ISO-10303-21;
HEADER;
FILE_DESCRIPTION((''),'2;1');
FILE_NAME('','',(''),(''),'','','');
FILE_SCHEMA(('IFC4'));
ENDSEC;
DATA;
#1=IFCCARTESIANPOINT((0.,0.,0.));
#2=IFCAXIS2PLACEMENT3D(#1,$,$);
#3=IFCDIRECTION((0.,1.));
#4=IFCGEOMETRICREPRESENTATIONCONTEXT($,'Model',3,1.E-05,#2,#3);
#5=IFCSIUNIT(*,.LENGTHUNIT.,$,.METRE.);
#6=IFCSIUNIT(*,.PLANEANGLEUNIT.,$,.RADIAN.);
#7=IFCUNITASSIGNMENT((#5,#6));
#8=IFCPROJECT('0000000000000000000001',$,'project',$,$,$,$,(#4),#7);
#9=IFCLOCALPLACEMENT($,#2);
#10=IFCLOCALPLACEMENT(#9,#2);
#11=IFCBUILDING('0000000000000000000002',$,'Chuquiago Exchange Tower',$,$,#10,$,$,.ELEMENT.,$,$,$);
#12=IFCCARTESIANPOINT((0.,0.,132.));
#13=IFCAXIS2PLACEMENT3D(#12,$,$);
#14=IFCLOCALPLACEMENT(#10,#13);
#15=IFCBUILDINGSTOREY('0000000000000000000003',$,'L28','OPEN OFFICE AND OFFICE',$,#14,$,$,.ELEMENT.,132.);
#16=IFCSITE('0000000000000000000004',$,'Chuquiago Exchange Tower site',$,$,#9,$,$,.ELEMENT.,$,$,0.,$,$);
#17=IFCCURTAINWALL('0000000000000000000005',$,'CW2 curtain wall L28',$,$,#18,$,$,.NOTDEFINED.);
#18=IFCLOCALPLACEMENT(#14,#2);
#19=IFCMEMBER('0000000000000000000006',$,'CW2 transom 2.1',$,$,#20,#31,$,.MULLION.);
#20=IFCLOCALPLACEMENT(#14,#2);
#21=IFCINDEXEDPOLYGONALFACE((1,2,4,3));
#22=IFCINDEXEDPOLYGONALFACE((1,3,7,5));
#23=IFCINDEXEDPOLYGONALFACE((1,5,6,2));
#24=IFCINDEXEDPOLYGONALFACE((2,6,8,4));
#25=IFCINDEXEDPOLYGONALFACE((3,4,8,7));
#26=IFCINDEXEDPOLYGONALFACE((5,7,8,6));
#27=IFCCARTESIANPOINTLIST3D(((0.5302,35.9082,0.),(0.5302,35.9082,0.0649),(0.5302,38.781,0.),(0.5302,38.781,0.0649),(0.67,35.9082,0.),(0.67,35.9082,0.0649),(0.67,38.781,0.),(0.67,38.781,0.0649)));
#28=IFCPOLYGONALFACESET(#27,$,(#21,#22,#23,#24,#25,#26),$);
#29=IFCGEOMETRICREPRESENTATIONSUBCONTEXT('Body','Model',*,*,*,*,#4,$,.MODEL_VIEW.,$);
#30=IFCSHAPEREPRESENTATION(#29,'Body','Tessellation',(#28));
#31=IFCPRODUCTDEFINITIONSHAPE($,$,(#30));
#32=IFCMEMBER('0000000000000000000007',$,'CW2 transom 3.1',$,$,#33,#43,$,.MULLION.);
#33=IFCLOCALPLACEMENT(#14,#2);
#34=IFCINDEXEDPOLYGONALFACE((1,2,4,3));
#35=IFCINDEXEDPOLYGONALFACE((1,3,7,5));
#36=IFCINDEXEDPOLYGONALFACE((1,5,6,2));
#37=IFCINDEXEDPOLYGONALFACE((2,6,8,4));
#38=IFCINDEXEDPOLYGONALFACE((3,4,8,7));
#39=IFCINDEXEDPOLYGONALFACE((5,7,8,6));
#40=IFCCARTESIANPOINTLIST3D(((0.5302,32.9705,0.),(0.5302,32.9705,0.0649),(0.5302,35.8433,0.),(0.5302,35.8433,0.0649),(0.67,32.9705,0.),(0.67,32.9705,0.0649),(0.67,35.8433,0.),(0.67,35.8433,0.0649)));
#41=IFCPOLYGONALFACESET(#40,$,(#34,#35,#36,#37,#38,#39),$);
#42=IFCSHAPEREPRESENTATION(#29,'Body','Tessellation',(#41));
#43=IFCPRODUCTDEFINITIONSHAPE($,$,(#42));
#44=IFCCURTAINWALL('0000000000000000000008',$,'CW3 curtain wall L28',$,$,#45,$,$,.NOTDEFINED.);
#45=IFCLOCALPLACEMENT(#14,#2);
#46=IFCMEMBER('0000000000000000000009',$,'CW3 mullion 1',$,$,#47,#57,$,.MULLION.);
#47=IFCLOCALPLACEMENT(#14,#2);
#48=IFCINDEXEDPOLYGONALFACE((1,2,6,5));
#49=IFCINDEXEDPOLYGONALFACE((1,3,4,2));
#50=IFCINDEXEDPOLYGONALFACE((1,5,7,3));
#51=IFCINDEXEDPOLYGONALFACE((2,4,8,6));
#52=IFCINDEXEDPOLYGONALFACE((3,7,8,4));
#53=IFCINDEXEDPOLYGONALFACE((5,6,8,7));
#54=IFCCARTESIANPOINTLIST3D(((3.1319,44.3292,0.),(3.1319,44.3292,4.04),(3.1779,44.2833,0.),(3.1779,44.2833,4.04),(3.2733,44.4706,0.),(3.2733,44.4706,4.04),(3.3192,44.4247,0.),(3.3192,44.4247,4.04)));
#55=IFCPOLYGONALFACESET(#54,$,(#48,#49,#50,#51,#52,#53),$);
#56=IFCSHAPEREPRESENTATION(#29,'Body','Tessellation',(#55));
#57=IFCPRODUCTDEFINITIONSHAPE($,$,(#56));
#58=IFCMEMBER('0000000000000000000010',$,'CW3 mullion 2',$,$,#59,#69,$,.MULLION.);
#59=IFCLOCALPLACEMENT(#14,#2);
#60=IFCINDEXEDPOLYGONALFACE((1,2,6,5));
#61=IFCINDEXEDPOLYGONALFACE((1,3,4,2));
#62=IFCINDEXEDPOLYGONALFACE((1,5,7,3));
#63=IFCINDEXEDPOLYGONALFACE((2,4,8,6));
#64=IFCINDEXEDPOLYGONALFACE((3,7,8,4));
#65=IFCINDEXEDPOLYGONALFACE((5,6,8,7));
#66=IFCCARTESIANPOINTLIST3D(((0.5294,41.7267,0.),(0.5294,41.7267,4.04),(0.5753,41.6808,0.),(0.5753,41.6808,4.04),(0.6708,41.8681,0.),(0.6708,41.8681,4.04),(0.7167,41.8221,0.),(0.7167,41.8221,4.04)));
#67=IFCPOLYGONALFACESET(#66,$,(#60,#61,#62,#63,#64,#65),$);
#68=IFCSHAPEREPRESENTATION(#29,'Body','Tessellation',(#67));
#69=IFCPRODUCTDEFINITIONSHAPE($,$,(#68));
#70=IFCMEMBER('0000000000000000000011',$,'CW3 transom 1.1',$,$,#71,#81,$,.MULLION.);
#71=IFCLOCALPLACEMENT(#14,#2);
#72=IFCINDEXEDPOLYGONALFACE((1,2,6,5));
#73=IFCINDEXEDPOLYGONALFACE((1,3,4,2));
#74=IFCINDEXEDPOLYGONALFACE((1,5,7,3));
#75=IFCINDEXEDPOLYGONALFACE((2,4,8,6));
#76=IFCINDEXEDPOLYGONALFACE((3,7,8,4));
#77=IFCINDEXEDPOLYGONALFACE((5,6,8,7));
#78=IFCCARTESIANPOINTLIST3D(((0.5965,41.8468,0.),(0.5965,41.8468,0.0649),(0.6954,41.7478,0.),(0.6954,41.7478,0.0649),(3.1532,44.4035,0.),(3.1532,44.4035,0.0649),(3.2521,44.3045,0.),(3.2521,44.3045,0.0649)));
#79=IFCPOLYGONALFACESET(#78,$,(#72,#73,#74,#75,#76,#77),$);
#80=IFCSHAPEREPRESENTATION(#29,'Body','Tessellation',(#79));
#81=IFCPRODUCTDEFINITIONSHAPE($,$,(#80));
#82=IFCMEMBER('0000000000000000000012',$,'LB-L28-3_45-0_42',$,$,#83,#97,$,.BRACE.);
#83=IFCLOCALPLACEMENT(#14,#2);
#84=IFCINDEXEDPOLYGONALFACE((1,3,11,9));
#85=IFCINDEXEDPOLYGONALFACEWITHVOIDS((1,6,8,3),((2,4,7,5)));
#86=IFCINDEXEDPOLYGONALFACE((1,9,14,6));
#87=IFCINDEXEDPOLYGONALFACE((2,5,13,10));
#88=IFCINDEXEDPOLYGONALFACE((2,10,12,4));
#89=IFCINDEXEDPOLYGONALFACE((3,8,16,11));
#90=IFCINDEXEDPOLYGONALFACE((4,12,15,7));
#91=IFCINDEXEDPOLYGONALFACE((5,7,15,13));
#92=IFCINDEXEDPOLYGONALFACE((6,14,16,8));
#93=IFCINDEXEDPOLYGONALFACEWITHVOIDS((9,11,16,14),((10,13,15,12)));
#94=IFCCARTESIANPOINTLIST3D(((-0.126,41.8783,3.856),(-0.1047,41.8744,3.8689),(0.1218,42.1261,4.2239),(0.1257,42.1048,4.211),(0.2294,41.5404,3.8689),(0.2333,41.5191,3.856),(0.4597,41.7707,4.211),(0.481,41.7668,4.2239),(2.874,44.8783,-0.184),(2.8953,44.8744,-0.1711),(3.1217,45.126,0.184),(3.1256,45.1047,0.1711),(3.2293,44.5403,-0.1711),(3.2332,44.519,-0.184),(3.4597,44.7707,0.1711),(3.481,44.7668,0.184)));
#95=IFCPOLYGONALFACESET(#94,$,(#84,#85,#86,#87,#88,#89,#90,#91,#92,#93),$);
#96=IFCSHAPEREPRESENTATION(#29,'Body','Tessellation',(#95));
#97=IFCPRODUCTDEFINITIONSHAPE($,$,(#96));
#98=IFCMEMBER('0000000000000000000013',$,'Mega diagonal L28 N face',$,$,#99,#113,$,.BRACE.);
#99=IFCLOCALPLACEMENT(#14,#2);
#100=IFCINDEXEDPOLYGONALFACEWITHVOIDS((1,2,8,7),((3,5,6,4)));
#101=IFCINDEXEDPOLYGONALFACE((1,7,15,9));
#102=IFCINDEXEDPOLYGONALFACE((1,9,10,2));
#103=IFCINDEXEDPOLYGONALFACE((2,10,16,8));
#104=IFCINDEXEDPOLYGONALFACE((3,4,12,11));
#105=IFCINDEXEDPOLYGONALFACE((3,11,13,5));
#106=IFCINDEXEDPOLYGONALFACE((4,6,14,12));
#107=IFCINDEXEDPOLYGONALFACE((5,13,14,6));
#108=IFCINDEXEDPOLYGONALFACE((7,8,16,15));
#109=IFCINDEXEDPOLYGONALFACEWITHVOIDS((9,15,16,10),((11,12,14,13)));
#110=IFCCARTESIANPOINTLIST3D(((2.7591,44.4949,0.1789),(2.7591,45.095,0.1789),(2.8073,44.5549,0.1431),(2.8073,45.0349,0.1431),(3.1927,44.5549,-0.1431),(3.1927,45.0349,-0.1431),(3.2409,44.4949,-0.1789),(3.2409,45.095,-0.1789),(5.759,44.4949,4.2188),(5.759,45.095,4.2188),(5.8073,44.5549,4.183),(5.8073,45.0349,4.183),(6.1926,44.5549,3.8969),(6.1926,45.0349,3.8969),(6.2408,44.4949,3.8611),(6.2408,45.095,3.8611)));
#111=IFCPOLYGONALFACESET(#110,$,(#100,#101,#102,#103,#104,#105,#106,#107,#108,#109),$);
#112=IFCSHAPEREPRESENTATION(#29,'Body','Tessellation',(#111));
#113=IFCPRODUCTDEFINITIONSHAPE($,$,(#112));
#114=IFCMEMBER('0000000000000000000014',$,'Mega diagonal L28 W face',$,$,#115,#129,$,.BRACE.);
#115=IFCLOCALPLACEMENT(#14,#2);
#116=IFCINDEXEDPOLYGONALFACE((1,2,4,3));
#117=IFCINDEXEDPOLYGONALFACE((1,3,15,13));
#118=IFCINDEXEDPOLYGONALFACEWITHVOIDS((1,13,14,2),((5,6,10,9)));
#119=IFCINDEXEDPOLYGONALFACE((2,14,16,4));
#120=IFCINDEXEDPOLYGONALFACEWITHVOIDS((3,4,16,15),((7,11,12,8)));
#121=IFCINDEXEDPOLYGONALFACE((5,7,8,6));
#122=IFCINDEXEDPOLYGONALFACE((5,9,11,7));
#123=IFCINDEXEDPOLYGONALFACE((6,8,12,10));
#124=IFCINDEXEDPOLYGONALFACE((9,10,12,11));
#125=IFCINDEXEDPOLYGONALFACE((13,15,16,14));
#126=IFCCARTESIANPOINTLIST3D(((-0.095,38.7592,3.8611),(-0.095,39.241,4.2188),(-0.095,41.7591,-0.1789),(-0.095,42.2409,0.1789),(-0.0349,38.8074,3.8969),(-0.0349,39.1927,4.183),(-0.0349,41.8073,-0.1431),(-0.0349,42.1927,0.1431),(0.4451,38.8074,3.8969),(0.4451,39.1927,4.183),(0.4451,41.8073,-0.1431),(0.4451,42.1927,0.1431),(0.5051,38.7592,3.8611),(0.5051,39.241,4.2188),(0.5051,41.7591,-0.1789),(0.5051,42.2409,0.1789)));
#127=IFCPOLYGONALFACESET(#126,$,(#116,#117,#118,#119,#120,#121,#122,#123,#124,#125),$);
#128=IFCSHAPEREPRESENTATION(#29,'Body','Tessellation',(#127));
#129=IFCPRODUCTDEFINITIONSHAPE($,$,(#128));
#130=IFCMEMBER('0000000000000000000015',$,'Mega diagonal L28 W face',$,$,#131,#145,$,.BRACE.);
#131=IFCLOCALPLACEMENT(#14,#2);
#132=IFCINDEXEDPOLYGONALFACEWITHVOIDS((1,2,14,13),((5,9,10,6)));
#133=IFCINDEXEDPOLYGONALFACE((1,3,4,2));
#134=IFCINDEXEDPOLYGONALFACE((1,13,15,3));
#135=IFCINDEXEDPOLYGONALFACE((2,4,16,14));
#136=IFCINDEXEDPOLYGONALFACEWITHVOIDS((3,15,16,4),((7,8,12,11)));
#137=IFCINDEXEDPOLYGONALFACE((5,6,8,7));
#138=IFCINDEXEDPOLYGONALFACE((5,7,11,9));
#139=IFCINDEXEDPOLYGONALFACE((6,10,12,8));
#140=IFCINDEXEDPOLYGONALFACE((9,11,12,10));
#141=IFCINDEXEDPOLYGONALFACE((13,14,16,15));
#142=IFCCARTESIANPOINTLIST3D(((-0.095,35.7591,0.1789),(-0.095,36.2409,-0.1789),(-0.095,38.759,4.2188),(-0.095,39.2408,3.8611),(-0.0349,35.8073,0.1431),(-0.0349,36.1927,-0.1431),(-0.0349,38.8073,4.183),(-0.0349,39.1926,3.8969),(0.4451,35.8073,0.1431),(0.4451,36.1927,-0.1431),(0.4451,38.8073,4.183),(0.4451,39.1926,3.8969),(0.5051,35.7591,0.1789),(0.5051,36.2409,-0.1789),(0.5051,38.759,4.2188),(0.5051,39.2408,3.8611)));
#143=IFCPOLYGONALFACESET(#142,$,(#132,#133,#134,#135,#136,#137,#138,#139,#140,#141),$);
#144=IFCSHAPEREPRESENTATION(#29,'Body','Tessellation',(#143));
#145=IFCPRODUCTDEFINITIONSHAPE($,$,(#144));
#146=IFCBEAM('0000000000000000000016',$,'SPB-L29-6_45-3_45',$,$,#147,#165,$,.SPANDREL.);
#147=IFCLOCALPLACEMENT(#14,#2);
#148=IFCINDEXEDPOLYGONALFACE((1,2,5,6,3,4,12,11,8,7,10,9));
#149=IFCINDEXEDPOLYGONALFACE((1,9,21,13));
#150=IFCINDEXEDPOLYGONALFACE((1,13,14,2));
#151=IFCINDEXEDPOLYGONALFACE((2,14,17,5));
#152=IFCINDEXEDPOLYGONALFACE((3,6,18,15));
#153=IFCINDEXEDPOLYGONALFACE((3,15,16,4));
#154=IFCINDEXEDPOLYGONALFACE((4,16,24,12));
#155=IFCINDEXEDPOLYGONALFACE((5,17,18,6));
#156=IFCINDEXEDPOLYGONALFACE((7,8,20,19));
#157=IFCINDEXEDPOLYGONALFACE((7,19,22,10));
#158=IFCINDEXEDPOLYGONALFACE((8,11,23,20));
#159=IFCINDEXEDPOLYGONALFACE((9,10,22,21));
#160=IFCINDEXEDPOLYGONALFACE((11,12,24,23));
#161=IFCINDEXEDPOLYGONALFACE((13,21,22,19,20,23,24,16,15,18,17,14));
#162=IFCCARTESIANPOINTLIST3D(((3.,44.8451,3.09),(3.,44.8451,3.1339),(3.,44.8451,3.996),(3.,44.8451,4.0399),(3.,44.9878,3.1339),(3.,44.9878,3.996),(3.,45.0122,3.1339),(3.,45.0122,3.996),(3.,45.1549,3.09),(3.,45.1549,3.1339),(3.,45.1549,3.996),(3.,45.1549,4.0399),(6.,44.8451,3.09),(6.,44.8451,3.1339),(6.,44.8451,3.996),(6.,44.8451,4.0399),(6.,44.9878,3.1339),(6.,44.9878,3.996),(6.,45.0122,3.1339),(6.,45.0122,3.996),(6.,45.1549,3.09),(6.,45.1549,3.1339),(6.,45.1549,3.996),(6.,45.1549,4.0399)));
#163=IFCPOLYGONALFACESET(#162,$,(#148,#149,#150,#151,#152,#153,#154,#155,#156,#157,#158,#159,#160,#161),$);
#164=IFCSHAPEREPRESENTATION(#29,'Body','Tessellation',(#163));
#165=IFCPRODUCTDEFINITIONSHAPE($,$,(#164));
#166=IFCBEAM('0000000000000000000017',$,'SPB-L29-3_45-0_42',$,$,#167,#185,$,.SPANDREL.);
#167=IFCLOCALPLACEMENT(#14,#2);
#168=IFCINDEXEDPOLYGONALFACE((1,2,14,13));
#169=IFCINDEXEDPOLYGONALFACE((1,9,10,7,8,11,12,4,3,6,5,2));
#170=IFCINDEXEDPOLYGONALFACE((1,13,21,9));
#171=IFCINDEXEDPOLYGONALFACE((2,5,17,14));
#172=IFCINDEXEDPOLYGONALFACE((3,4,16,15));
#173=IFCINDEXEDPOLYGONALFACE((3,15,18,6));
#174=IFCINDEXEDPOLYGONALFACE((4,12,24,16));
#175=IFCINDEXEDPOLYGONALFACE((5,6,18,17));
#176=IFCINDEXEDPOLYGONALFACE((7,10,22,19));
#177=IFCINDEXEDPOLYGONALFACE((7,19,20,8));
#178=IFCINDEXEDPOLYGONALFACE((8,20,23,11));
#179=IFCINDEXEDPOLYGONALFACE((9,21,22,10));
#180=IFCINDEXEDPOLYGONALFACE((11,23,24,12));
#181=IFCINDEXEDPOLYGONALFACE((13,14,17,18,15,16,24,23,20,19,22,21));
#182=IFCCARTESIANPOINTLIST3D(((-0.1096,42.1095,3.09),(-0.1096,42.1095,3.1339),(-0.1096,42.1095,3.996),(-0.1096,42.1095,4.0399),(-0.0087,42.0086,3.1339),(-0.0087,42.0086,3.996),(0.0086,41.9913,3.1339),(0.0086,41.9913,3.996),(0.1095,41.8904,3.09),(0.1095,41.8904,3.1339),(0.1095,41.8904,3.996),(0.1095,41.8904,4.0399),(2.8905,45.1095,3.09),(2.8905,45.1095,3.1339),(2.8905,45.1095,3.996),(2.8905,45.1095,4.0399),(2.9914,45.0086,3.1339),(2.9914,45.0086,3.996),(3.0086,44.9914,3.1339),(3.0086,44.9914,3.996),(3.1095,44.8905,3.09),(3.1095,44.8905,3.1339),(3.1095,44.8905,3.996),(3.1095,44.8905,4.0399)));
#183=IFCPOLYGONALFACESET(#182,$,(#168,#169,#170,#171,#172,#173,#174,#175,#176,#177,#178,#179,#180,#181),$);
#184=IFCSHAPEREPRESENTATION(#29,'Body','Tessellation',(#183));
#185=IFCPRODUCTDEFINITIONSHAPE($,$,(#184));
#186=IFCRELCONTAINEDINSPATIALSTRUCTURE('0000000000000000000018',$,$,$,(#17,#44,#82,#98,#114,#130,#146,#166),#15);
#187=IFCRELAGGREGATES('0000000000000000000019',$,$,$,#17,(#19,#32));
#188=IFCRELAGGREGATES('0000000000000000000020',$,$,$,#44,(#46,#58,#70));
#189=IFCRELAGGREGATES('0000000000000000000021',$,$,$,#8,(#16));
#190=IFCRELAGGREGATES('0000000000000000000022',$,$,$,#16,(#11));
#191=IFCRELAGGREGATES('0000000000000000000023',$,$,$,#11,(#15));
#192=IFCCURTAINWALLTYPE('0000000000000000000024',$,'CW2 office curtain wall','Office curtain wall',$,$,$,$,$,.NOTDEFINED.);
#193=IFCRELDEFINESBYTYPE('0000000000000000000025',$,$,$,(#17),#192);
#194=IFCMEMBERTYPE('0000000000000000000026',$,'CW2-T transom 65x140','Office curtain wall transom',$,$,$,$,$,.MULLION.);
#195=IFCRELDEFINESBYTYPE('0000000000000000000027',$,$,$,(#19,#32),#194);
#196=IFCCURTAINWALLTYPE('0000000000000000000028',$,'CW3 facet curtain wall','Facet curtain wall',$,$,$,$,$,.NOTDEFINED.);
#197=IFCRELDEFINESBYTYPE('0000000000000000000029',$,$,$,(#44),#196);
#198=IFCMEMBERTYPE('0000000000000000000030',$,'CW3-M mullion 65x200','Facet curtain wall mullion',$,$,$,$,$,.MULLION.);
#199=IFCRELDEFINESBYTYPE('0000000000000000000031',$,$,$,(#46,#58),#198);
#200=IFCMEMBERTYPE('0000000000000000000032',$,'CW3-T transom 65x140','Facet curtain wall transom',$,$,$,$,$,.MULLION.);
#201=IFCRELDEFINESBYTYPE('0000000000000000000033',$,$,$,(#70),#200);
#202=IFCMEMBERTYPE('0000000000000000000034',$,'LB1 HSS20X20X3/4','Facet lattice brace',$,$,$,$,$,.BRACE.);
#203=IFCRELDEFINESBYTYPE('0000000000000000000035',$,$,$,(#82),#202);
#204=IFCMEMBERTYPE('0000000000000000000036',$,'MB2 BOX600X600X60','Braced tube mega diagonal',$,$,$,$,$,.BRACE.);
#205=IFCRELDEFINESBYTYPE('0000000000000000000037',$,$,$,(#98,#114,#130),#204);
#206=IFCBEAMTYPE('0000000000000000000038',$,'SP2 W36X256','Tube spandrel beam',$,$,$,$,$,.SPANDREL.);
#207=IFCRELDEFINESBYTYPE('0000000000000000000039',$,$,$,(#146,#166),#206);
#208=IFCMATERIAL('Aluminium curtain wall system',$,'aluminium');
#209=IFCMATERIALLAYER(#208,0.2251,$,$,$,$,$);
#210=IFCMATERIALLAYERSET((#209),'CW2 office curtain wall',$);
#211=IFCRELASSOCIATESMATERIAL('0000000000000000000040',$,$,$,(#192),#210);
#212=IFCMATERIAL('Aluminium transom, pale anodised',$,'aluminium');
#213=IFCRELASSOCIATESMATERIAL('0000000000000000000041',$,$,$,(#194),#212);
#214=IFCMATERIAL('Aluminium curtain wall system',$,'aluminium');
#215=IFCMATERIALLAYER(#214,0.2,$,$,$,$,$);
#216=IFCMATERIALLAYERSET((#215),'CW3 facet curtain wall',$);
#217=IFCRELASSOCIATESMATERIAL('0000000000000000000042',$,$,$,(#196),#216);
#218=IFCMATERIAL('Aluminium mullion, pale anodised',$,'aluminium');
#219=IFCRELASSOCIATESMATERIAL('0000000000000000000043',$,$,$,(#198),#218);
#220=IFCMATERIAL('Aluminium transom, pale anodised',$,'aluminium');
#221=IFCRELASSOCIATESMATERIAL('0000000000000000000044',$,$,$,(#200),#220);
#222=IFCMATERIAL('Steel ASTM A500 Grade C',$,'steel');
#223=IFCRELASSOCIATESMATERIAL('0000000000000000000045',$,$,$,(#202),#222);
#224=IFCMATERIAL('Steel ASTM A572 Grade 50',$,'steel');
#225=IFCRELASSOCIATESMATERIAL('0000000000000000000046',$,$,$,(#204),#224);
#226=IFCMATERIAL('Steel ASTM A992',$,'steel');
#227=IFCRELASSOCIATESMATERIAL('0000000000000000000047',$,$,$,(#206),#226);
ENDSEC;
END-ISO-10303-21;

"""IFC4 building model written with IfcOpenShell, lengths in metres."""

from ifc_helpers import new_model, si_unit, direction, frame, origin, origin_2d, place, context, subcontext, project, spatial, rectangle, hollow_rectangle, i_section, extrude, material, layer, layer_set, material_profile, profile_set, type_object, element, aggregate, save


model = new_model("IFC4")

# Units and contexts
model_context = context("Model", 3, precision=1e-05, world=origin(), true_north=direction((0.0, 1.0)))
body_context = subcontext(model_context, "Body", "Model", "MODEL_VIEW")
ifc_project = project(units=[si_unit("LENGTHUNIT", "METRE"), si_unit("PLANEANGLEUNIT", "RADIAN")], contexts=[model_context])

# Site, building, storey
site_placement = place(None, origin())
site = spatial("IfcSite", under=ifc_project, at=site_placement, Name="Chuquiago Exchange Tower site", CompositionType="ELEMENT", RefElevation=0.0)
building_placement = place(site_placement, origin())
building = spatial("IfcBuilding", under=site, at=building_placement, Name="Chuquiago Exchange Tower", CompositionType="ELEMENT")
storey_placement = place(building_placement, frame((0.0, 0.0, 132.0)))
storey = spatial("IfcBuildingStorey", under=building, at=storey_placement, Name="L28", Description="OPEN OFFICE AND OFFICE", CompositionType="ELEMENT", Elevation=132.0)

# Curtain wall
ifc_material_1 = material(Name="Aluminium curtain wall system", Category="aluminium")
ifc_layer_1 = layer(ifc_material_1, 0.2251)
ifc_layer_set_1 = layer_set([ifc_layer_1], Name="CW2 office curtain wall")
curtain_wall_type_1 = type_object("IfcCurtainWallType", Name="CW2 office curtain wall", Description="Office curtain wall", PredefinedType="NOTDEFINED", material=ifc_layer_set_1)
curtain_wall_1_placement = place(storey_placement, origin())
curtain_wall_1 = element("IfcCurtainWall", 1, at=curtain_wall_1_placement, inside=storey, type_object=curtain_wall_type_1, Name="CW2 curtain wall L28", PredefinedType="NOTDEFINED")

# Members
ifc_material_2 = material(Name="Aluminium transom, pale anodised", Category="aluminium")
ifc_material_profile_1 = material_profile(ifc_material_2, rectangle(XDim=0.1399, YDim=0.0649, at=origin_2d()), Name="AL 140x65")
ifc_profile_set_1 = profile_set([ifc_material_profile_1], Name="Aluminium transom, pale anodised")
member_type_1 = type_object("IfcMemberType", Name="CW2-T transom 65x140", Description="Office curtain wall transom", PredefinedType="MULLION", material=ifc_profile_set_1)
member_1_placement = place(storey_placement, frame((0.6001, 38.781, 0.0325), z_axis=(0.0, -1.0, 0.0), x_axis=(1.0, 0.0, 0.0)))
member_1 = element("IfcMember", 2, at=member_1_placement, type_object=member_type_1, Name="CW2 transom 2.1", PredefinedType="MULLION", context=body_context, shape_type="SweptSolid", body=[
    extrude(rectangle(XDim=0.1399, YDim=0.0649, at=origin_2d()), origin(), (0.0, 0.0, 1.0), 2.8728),
])
member_2_placement = place(storey_placement, frame((0.6001, 35.8433, 0.0325), z_axis=(0.0, -1.0, 0.0), x_axis=(1.0, 0.0, 0.0)))
member_2 = element("IfcMember", 3, at=member_2_placement, type_object=member_type_1, Name="CW2 transom 3.1", PredefinedType="MULLION", context=body_context, shape_type="SweptSolid", body=[
    extrude(rectangle(XDim=0.1399, YDim=0.0649, at=origin_2d()), origin(), (0.0, 0.0, 1.0), 2.8728),
])

# Curtain wall, members
ifc_material_3 = material(Name="Aluminium curtain wall system", Category="aluminium")
ifc_layer_2 = layer(ifc_material_3, 0.2)
ifc_layer_set_2 = layer_set([ifc_layer_2], Name="CW3 facet curtain wall")
curtain_wall_type_2 = type_object("IfcCurtainWallType", Name="CW3 facet curtain wall", Description="Facet curtain wall", PredefinedType="NOTDEFINED", material=ifc_layer_set_2)
curtain_wall_2_placement = place(storey_placement, origin())
curtain_wall_2 = element("IfcCurtainWall", 4, at=curtain_wall_2_placement, inside=storey, type_object=curtain_wall_type_2, Name="CW3 curtain wall L28", PredefinedType="NOTDEFINED")
ifc_material_4 = material(Name="Aluminium mullion, pale anodised", Category="aluminium")
ifc_material_profile_2 = material_profile(ifc_material_4, rectangle(XDim=0.0649, YDim=0.2, at=origin_2d()), Name="AL 65x200")
ifc_profile_set_2 = profile_set([ifc_material_profile_2], Name="Aluminium mullion, pale anodised")
member_type_2 = type_object("IfcMemberType", Name="CW3-M mullion 65x200", Description="Facet curtain wall mullion", PredefinedType="MULLION", material=ifc_profile_set_2)
member_3_placement = place(storey_placement, frame((3.2256, 44.377, 0.0), z_axis=(0.0, 0.0, 1.0), x_axis=(0.707107, -0.707107, 0.0)))
member_3 = element("IfcMember", 5, at=member_3_placement, type_object=member_type_2, Name="CW3 mullion 1", PredefinedType="MULLION", context=body_context, shape_type="SweptSolid", body=[
    extrude(rectangle(XDim=0.0649, YDim=0.2, at=origin_2d()), origin(), (0.0, 0.0, 1.0), 4.04),
])
member_4_placement = place(storey_placement, frame((0.623, 41.7744, 0.0), z_axis=(0.0, 0.0, 1.0), x_axis=(0.707107, -0.707107, 0.0)))
member_4 = element("IfcMember", 6, at=member_4_placement, type_object=member_type_2, Name="CW3 mullion 2", PredefinedType="MULLION", context=body_context, shape_type="SweptSolid", body=[
    extrude(rectangle(XDim=0.0649, YDim=0.2, at=origin_2d()), origin(), (0.0, 0.0, 1.0), 4.04),
])
ifc_material_5 = material(Name="Aluminium transom, pale anodised", Category="aluminium")
ifc_material_profile_3 = material_profile(ifc_material_5, rectangle(XDim=0.1399, YDim=0.0649, at=origin_2d()), Name="AL 140x65")
ifc_profile_set_3 = profile_set([ifc_material_profile_3], Name="Aluminium transom, pale anodised")
member_type_3 = type_object("IfcMemberType", Name="CW3-T transom 65x140", Description="Facet curtain wall transom", PredefinedType="MULLION", material=ifc_profile_set_3)
member_5_placement = place(storey_placement, frame((3.2026, 44.354, 0.0325), z_axis=(-0.707107, -0.707107, 0.0), x_axis=(0.707107, -0.707107, 0.0)))
member_5 = element("IfcMember", 7, at=member_5_placement, type_object=member_type_3, Name="CW3 transom 1.1", PredefinedType="MULLION", context=body_context, shape_type="SweptSolid", body=[
    extrude(rectangle(XDim=0.1399, YDim=0.0649, at=origin_2d()), origin(), (0.0, 0.0, 1.0), 3.6157),
])

# Members
ifc_material_6 = material(Name="Steel ASTM A500 Grade C", Category="steel")
ifc_material_profile_4 = material_profile(ifc_material_6, hollow_rectangle(XDim=0.5081, YDim=0.5081, WallThickness=0.0178, at=origin_2d()), Name="HSS20X20X3/4")
ifc_profile_set_4 = profile_set([ifc_material_profile_4], Name="Steel ASTM A500 Grade C")
member_type_4 = type_object("IfcMemberType", Name="LB1 HSS20X20X3/4", Description="Facet lattice brace", PredefinedType="BRACE", material=ifc_profile_set_4)
member_6_placement = place(storey_placement, frame((3.1775, 44.8225, 0.0), z_axis=(-0.512077, -0.512077, 0.689604), x_axis=(0.707107, -0.707107, 0.0)))
element("IfcMember", 8, at=member_6_placement, inside=storey, type_object=member_type_4, Name="LB-L28-3_45-0_42", PredefinedType="BRACE", context=body_context, shape_type="SweptSolid", body=[
    extrude(hollow_rectangle(XDim=0.5081, YDim=0.5081, WallThickness=0.0178, at=origin_2d()), origin(), (0.0, 0.0, 1.0), 5.8584),
])
ifc_material_7 = material(Name="Steel ASTM A572 Grade 50", Category="steel")
ifc_material_profile_5 = material_profile(ifc_material_7, hollow_rectangle(XDim=0.6001, YDim=0.6001, WallThickness=0.0601, at=origin_2d()), Name="BOX600X600X60")
ifc_profile_set_5 = profile_set([ifc_material_profile_5], Name="Steel ASTM A572 Grade 50")
member_type_5 = type_object("IfcMemberType", Name="MB2 BOX600X600X60", Description="Braced tube mega diagonal", PredefinedType="BRACE", material=ifc_profile_set_5)
for number, where, z_axis, x_axis, name in (
    (9, (3.0, 44.7949, 0.0), (0.596174, 0.0, 0.802855), (0.0, 1.0, 0.0), "Mega diagonal L28 N face"),
    (10, (0.2051, 42.0, 0.0), (0.0, -0.596174, 0.802855), (1.0, 0.0, 0.0), "Mega diagonal L28 W face"),
    (11, (0.2051, 36.0, 0.0), (0.0, 0.596174, 0.802855), (-1.0, 0.0, 0.0), "Mega diagonal L28 W face"),
):
    element("IfcMember", number, at=place(storey_placement, frame(where, z_axis=z_axis, x_axis=x_axis)), inside=storey, type_object=member_type_5, Name=name, PredefinedType="BRACE", context=body_context, shape_type="SweptSolid", body=[
        extrude(hollow_rectangle(XDim=0.6001, YDim=0.6001, WallThickness=0.0601, at=origin_2d()), origin(), (0.0, 0.0, 1.0), 5.032),
    ])

# Beams
ifc_material_8 = material(Name="Steel ASTM A992", Category="steel")
ifc_material_profile_6 = material_profile(ifc_material_8, i_section(OverallWidth=0.3098, OverallDepth=0.95, WebThickness=0.0244, FlangeThickness=0.0439, at=origin_2d()), Name="W36X256")
ifc_profile_set_6 = profile_set([ifc_material_profile_6], Name="Steel ASTM A992")
beam_type = type_object("IfcBeamType", Name="SP2 W36X256", Description="Tube spandrel beam", PredefinedType="SPANDREL", material=ifc_profile_set_6)
beam_1_placement = place(storey_placement, frame((6.0, 45.0, 3.5649), z_axis=(-1.0, 0.0, 0.0), x_axis=(0.0, -1.0, 0.0)))
element("IfcBeam", 12, at=beam_1_placement, inside=storey, type_object=beam_type, Name="SPB-L29-6_45-3_45", PredefinedType="SPANDREL", context=body_context, shape_type="SweptSolid", body=[
    extrude(i_section(OverallWidth=0.3098, OverallDepth=0.95, WebThickness=0.0244, FlangeThickness=0.0439, at=origin_2d()), origin(), (0.0, 0.0, 1.0), 3.0),
])
beam_2_placement = place(storey_placement, frame((3.0, 45.0, 3.5649), z_axis=(-0.707107, -0.707107, 0.0), x_axis=(0.707107, -0.707107, 0.0)))
element("IfcBeam", 13, at=beam_2_placement, inside=storey, type_object=beam_type, Name="SPB-L29-3_45-0_42", PredefinedType="SPANDREL", context=body_context, shape_type="SweptSolid", body=[
    extrude(i_section(OverallWidth=0.3098, OverallDepth=0.95, WebThickness=0.0244, FlangeThickness=0.0439, at=origin_2d()), origin(), (0.0, 0.0, 1.0), 4.2427),
])

aggregate(curtain_wall_1, [member_1, member_2])
aggregate(curtain_wall_2, [member_3, member_4, member_5])

save(model, "model.ifc")
